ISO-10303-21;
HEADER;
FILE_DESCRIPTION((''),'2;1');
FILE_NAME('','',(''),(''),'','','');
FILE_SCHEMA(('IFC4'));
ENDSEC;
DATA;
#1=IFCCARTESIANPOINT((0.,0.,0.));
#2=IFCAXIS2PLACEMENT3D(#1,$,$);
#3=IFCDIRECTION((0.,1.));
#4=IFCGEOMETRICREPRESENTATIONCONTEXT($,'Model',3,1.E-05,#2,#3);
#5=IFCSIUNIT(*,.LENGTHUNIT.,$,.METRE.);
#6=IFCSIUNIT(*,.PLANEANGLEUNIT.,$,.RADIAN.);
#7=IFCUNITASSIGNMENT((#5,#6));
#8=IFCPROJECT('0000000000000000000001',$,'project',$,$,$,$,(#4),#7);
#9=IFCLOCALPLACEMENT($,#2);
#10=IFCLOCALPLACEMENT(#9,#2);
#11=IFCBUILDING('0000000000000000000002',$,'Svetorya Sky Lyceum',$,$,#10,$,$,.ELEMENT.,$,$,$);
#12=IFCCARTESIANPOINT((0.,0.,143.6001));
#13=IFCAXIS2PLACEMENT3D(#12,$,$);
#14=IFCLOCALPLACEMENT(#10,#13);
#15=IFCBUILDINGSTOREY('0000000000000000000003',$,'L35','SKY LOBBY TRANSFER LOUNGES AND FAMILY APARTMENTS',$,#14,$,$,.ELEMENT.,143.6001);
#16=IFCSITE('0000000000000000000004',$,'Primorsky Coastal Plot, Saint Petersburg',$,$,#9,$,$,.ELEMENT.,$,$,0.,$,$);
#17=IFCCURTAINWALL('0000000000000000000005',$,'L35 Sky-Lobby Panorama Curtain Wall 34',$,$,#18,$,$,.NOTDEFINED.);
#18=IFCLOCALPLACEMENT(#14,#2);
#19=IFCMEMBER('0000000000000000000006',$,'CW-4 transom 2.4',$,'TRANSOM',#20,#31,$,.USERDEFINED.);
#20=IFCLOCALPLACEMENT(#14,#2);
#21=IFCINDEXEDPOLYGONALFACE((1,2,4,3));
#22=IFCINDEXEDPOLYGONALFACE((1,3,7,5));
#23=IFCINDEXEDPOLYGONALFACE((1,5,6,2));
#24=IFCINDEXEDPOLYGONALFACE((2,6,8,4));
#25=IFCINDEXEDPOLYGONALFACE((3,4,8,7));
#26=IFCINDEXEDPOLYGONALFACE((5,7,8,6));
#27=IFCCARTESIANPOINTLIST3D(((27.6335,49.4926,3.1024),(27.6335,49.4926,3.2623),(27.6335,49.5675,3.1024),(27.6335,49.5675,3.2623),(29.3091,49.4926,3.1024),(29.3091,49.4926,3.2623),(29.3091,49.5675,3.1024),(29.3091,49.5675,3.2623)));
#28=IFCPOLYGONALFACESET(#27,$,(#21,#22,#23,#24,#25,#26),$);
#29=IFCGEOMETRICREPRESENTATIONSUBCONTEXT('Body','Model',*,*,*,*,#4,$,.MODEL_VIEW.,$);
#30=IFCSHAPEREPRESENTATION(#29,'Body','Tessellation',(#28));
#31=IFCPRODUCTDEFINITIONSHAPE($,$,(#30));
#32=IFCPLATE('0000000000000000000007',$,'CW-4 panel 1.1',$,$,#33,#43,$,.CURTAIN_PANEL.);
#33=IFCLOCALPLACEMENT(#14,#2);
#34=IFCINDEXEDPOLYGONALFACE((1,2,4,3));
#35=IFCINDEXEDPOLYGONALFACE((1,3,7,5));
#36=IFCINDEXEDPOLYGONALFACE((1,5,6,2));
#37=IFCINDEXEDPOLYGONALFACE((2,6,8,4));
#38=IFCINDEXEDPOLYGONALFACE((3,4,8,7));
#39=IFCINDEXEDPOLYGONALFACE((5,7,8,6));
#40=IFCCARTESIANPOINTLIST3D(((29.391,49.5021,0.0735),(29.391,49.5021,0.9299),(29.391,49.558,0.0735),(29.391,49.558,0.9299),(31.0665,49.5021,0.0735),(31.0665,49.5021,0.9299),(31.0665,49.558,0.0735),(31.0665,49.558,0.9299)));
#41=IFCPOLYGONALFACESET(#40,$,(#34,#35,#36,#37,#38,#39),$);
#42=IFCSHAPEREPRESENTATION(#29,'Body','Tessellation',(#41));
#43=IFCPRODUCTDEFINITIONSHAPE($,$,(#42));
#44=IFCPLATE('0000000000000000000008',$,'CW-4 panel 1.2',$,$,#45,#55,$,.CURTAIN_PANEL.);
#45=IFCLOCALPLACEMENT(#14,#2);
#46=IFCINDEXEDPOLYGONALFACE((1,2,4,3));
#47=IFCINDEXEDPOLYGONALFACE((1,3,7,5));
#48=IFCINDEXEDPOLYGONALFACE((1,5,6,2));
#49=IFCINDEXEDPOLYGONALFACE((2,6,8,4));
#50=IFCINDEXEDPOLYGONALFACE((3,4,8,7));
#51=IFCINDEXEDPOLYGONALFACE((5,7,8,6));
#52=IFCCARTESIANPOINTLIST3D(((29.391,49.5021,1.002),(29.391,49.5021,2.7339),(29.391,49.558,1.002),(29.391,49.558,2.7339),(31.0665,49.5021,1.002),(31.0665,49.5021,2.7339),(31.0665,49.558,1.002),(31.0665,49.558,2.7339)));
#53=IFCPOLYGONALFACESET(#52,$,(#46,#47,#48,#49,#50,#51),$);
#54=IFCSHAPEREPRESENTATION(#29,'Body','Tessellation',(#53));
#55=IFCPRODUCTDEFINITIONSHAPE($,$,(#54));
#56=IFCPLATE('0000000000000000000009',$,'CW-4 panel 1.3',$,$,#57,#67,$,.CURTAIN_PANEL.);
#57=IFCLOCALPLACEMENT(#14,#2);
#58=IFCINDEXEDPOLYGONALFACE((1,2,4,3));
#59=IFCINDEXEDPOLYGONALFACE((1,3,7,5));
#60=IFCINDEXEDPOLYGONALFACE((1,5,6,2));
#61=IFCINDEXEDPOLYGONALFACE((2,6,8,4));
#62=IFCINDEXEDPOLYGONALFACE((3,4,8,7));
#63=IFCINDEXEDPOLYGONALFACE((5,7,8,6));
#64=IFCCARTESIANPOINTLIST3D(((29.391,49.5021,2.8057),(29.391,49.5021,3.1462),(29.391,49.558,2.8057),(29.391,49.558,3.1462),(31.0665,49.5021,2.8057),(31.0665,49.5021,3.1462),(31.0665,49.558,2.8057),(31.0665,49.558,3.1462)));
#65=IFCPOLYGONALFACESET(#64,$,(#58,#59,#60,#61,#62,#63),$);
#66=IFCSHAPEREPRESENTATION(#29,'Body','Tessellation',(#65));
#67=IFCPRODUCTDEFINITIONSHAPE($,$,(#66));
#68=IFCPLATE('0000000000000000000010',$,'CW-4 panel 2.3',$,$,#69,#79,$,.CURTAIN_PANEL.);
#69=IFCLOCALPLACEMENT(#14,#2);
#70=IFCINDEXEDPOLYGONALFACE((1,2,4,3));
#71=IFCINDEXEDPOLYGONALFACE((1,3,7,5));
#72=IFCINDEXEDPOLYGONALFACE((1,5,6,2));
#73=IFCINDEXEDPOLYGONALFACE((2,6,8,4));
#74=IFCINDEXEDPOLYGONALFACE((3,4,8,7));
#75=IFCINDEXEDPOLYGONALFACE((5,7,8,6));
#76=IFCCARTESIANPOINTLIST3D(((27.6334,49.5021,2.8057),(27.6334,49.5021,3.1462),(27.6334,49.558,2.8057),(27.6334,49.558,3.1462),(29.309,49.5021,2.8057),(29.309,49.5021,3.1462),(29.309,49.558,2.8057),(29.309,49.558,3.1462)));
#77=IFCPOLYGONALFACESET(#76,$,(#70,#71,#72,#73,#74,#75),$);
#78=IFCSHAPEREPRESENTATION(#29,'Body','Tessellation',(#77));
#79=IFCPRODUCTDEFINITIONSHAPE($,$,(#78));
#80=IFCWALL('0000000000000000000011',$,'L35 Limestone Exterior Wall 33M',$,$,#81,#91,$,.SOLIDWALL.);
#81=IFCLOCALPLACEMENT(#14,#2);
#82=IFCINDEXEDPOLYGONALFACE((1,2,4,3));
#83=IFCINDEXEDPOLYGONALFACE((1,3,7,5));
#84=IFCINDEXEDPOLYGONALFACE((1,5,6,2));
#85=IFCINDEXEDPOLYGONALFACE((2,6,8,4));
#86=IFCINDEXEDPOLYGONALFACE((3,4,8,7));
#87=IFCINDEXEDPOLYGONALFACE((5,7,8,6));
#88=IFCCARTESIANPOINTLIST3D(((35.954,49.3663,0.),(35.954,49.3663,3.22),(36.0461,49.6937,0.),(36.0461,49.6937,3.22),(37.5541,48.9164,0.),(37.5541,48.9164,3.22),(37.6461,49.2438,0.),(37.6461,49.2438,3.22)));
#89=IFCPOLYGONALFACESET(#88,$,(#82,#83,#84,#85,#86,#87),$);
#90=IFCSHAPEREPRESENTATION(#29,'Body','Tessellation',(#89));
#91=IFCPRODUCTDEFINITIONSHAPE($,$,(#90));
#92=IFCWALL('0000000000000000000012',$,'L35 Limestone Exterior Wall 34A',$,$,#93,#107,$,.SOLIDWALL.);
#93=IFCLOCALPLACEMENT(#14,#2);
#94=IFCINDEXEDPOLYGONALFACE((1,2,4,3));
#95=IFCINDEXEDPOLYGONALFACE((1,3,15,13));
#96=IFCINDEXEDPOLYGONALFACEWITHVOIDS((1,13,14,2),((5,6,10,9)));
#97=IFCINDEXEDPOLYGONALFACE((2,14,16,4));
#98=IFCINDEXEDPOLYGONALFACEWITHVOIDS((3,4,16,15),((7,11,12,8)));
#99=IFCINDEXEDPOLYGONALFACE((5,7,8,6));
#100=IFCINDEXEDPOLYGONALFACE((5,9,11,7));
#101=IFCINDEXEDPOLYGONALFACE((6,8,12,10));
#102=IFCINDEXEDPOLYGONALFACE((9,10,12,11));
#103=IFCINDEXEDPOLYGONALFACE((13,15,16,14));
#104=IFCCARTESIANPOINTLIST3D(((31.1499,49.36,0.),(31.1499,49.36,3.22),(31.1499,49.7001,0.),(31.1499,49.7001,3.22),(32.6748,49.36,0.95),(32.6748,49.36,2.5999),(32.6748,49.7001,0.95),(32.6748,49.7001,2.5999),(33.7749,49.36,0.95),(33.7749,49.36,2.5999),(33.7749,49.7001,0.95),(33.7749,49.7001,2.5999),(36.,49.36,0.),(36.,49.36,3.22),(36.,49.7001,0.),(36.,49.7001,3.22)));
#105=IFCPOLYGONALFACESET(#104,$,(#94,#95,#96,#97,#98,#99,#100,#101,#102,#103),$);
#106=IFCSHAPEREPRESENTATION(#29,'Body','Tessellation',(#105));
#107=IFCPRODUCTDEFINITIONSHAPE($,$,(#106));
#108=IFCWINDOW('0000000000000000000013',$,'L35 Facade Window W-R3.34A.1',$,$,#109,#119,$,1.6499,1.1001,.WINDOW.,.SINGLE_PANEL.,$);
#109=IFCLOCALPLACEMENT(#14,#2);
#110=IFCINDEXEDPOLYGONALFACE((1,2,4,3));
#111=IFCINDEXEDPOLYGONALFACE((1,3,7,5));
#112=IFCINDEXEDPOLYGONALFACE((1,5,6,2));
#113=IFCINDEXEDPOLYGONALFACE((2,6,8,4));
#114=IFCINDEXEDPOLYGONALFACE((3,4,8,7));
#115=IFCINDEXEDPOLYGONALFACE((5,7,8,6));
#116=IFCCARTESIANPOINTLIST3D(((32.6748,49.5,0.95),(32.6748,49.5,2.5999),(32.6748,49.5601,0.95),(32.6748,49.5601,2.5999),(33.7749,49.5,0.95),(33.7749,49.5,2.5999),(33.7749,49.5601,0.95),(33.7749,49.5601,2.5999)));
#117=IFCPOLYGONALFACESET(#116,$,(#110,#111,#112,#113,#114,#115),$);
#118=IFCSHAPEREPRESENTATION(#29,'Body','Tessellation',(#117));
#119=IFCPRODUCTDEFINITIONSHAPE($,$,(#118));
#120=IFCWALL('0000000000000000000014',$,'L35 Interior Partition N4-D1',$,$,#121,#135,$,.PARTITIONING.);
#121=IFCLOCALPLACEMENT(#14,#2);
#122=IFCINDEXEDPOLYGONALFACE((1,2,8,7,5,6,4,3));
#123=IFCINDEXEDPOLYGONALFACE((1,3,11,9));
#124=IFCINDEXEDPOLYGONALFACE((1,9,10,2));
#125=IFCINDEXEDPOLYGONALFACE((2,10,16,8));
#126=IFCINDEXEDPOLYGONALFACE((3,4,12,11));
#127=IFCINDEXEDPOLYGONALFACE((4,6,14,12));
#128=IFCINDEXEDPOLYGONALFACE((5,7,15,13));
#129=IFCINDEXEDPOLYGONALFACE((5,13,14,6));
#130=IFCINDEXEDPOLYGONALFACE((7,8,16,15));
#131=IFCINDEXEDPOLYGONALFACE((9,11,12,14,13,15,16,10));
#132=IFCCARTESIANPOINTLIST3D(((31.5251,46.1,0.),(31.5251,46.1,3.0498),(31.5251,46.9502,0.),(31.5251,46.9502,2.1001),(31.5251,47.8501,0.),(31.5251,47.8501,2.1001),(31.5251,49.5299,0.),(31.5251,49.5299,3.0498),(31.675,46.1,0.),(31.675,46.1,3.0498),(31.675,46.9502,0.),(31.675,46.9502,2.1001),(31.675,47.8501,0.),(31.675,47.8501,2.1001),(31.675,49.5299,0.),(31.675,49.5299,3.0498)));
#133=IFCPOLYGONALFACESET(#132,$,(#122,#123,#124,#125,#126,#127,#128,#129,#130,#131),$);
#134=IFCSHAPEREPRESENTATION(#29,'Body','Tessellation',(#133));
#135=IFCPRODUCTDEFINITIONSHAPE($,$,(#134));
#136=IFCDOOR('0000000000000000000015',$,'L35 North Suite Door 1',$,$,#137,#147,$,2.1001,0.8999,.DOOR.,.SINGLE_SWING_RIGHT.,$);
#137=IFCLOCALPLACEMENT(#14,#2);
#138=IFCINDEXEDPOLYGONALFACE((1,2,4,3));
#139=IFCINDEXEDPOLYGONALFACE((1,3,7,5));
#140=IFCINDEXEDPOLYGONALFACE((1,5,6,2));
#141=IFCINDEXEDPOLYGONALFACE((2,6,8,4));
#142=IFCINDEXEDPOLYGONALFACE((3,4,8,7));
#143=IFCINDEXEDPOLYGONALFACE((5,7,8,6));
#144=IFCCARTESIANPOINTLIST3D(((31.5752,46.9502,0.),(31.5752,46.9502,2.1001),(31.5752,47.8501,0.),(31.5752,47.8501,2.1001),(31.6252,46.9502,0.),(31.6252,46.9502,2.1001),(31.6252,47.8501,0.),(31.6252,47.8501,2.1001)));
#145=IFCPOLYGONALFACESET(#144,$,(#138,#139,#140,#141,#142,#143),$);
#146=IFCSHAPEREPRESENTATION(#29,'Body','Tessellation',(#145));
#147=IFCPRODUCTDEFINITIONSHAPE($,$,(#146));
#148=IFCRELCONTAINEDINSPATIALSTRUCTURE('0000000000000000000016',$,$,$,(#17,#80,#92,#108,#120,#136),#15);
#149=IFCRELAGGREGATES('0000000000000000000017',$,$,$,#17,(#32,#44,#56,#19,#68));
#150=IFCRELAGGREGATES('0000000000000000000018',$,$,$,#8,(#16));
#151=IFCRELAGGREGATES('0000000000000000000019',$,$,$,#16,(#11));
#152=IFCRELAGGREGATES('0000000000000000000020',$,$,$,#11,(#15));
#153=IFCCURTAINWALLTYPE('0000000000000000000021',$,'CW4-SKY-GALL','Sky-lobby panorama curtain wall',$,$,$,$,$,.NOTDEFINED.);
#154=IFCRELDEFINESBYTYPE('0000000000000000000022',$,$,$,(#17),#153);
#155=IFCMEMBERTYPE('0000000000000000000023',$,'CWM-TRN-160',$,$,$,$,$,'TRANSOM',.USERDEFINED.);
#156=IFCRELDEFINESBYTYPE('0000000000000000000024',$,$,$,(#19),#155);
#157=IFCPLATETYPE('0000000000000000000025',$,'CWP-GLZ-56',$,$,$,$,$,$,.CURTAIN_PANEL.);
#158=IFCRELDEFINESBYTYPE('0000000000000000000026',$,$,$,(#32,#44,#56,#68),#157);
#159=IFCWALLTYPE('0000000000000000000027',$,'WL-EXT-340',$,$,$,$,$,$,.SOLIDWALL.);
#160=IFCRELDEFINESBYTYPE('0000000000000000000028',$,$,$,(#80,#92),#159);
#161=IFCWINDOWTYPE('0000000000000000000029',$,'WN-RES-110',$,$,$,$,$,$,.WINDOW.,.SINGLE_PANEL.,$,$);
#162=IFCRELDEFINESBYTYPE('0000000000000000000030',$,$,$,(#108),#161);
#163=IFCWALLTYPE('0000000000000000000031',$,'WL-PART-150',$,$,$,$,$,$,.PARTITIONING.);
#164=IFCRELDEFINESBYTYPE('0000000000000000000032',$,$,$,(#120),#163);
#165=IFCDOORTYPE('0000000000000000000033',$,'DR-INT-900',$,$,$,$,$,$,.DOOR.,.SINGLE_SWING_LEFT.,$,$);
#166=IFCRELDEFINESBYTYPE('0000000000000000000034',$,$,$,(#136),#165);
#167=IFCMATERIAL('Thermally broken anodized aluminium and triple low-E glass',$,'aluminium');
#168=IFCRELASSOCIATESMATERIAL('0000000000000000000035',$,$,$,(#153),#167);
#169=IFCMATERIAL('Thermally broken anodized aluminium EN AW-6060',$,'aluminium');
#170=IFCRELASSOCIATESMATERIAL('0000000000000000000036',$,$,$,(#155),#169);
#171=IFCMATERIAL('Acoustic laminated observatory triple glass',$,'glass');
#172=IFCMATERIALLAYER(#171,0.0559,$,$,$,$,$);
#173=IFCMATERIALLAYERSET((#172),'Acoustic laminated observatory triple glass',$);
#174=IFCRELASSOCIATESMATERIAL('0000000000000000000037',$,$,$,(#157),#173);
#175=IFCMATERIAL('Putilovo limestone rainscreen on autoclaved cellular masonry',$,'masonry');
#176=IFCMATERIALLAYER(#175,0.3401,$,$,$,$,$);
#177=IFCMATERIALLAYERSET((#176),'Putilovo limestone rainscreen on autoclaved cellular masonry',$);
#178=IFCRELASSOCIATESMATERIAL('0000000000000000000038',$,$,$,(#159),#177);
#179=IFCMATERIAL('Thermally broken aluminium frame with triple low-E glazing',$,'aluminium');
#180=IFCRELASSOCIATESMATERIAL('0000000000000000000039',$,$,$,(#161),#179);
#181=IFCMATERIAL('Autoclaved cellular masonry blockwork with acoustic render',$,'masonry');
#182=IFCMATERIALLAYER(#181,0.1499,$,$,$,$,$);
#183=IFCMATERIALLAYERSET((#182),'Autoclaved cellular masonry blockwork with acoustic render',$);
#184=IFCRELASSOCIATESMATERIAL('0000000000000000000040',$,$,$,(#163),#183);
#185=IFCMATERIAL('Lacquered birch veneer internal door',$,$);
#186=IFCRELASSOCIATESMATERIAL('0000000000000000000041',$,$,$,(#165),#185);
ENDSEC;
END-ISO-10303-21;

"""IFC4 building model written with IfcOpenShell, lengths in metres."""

from ifc_helpers import new_model, si_unit, direction, frame, frame_2d, origin, origin_2d, place, context, subcontext, project, spatial, rectangle, extrude, material, layer, layer_set, material_profile, profile_set, type_object, element, fill, aggregate, save


model = new_model("IFC4")

# Units and contexts
model_context = context("Model", 3, precision=1e-05, world=origin(), true_north=direction((0.0, 1.0)))
body_context = subcontext(model_context, "Body", "Model", "MODEL_VIEW")
ifc_project = project(units=[si_unit("LENGTHUNIT", "METRE"), si_unit("PLANEANGLEUNIT", "RADIAN")], contexts=[model_context])

# Site, building, storey
site_placement = place(None, origin())
site = spatial("IfcSite", under=ifc_project, at=site_placement, Name="Primorsky Coastal Plot, Saint Petersburg", CompositionType="ELEMENT", RefElevation=0.0)
building_placement = place(site_placement, origin())
building = spatial("IfcBuilding", under=site, at=building_placement, Name="Svetorya Sky Lyceum", CompositionType="ELEMENT")
storey_placement = place(building_placement, frame((0.0, 0.0, 143.6001)))
storey = spatial("IfcBuildingStorey", under=building, at=storey_placement, Name="L35", Description="SKY LOBBY TRANSFER LOUNGES AND FAMILY APARTMENTS", CompositionType="ELEMENT", Elevation=143.6001)

# Curtain wall, member, plates
ifc_material_1 = material(Name="Thermally broken anodized aluminium and triple low-E glass", Category="aluminium")
curtain_wall_type = type_object("IfcCurtainWallType", Name="CW4-SKY-GALL", Description="Sky-lobby panorama curtain wall", PredefinedType="NOTDEFINED", material=ifc_material_1)
curtain_wall_placement = place(storey_placement, origin())
curtain_wall = element("IfcCurtainWall", 1, at=curtain_wall_placement, inside=storey, type_object=curtain_wall_type, Name="L35 Sky-Lobby Panorama Curtain Wall 34", PredefinedType="NOTDEFINED")
ifc_material_2 = material(Name="Thermally broken anodized aluminium EN AW-6060", Category="aluminium")
ifc_material_profile_1 = material_profile(ifc_material_2, rectangle(XDim=0.075, YDim=0.1599, at=origin_2d()), Name="ALU TRANSOM 75x160")
ifc_profile_set_1 = profile_set([ifc_material_profile_1], Name="Thermally broken anodized aluminium EN AW-6060")
member_type_1 = type_object("IfcMemberType", Name="CWM-TRN-160", ElementType="TRANSOM", PredefinedType="USERDEFINED", material=ifc_profile_set_1)
member_1_placement = place(storey_placement, frame((29.3091, 49.53, 3.1824), z_axis=(-1.0, 0.0, 0.0), x_axis=(0.0, -1.0, 0.0)))
member_1 = element("IfcMember", 2, at=member_1_placement, type_object=member_type_1, Name="CW-4 transom 2.4", ObjectType="TRANSOM", PredefinedType="USERDEFINED", context=body_context, shape_type="SweptSolid", body=[
    extrude(rectangle(XDim=0.075, YDim=0.1599, at=origin_2d()), origin(), (0.0, 0.0, 1.0), 1.6755),
])
ifc_material_3 = material(Name="Acoustic laminated observatory triple glass", Category="glass")
ifc_layer_1 = layer(ifc_material_3, 0.0559)
ifc_layer_set_1 = layer_set([ifc_layer_1], Name="Acoustic laminated observatory triple glass")
plate_type = type_object("IfcPlateType", Name="CWP-GLZ-56", PredefinedType="CURTAIN_PANEL", material=ifc_layer_set_1)
plate_1_placement = place(storey_placement, frame((30.2288, 49.53, 0.0735), z_axis=(0.0, 0.0, 1.0), x_axis=(-1.0, 0.0, 0.0)))
plate_1 = element("IfcPlate", 3, at=plate_1_placement, type_object=plate_type, Name="CW-4 panel 1.1", PredefinedType="CURTAIN_PANEL", context=body_context, shape_type="SweptSolid", body=[
    extrude(rectangle(XDim=1.6755, YDim=0.0559, at=origin_2d()), origin(), (0.0, 0.0, 1.0), 0.8564),
])
plate_2_placement = place(storey_placement, frame((30.2288, 49.53, 1.002), z_axis=(0.0, 0.0, 1.0), x_axis=(-1.0, 0.0, 0.0)))
plate_2 = element("IfcPlate", 4, at=plate_2_placement, type_object=plate_type, Name="CW-4 panel 1.2", PredefinedType="CURTAIN_PANEL", context=body_context, shape_type="SweptSolid", body=[
    extrude(rectangle(XDim=1.6755, YDim=0.0559, at=origin_2d()), origin(), (0.0, 0.0, 1.0), 1.7319),
])
plate_3_placement = place(storey_placement, frame((30.2288, 49.53, 2.8057), z_axis=(0.0, 0.0, 1.0), x_axis=(-1.0, 0.0, 0.0)))
plate_3 = element("IfcPlate", 5, at=plate_3_placement, type_object=plate_type, Name="CW-4 panel 1.3", PredefinedType="CURTAIN_PANEL", context=body_context, shape_type="SweptSolid", body=[
    extrude(rectangle(XDim=1.6755, YDim=0.0559, at=origin_2d()), origin(), (0.0, 0.0, 1.0), 0.3406),
])
plate_4_placement = place(storey_placement, frame((28.4712, 49.53, 2.8057), z_axis=(0.0, 0.0, 1.0), x_axis=(-1.0, 0.0, 0.0)))
plate_4 = element("IfcPlate", 6, at=plate_4_placement, type_object=plate_type, Name="CW-4 panel 2.3", PredefinedType="CURTAIN_PANEL", context=body_context, shape_type="SweptSolid", body=[
    extrude(rectangle(XDim=1.6755, YDim=0.0559, at=origin_2d()), origin(), (0.0, 0.0, 1.0), 0.3406),
])
aggregate(curtain_wall, [plate_1, plate_2, plate_3, member_1, plate_4])

# Wall
ifc_material_4 = material(Name="Putilovo limestone rainscreen on autoclaved cellular masonry", Category="masonry")
ifc_layer_2 = layer(ifc_material_4, 0.3401)
ifc_layer_set_2 = layer_set([ifc_layer_2], Name="Putilovo limestone rainscreen on autoclaved cellular masonry")
wall_type_1 = type_object("IfcWallType", Name="WL-EXT-340", PredefinedType="SOLIDWALL", material=ifc_layer_set_2)
wall_1_placement = place(storey_placement, frame((37.6001, 49.0801, 0.0), z_axis=(0.0, 0.0, 1.0), x_axis=(-0.962663, 0.270703, 0.0)))
element("IfcWall", 7, at=wall_1_placement, inside=storey, type_object=wall_type_1, Name="L35 Limestone Exterior Wall 33M", PredefinedType="SOLIDWALL", context=body_context, shape_type="SweptSolid", body=[
    extrude(rectangle(XDim=1.6621, YDim=0.3401, at=frame_2d((0.8311, 0.0))), origin(), (0.0, 0.0, 1.0), 3.22),
])

# Wall, opening, window
wall_2_placement = place(storey_placement, frame((36.0, 49.53, 0.0), z_axis=(0.0, 0.0, 1.0), x_axis=(-1.0, 0.0, 0.0)))
wall_2 = element("IfcWall", 8, at=wall_2_placement, inside=storey, type_object=wall_type_1, Name="L35 Limestone Exterior Wall 34A", PredefinedType="SOLIDWALL", context=body_context, shape_type="SweptSolid", body=[
    extrude(rectangle(XDim=4.8501, YDim=0.3401, at=frame_2d((2.425, 0.0))), origin(), (0.0, 0.0, 1.0), 3.22),
])
opening_1_placement = place(wall_2_placement, frame((2.2251, 0.0, 0.95)))
opening_1 = element("IfcOpeningElement", 9, at=opening_1_placement, cuts=wall_2, PredefinedType="OPENING", context=body_context, shape_type="SweptSolid", body=[
    extrude(rectangle(XDim=1.1001, YDim=1.6499, at=frame_2d((0.55, 0.825))), frame((0.0, 0.1799, 0.0), z_axis=(0.0, -1.0, 0.0), x_axis=(1.0, 0.0, 0.0)), (0.0, 0.0, 1.0), 0.3601),
])
ifc_material_5 = material(Name="Thermally broken aluminium frame with triple low-E glazing", Category="aluminium")
window_type = type_object("IfcWindowType", Name="WN-RES-110", PartitioningType="SINGLE_PANEL", PredefinedType="WINDOW", material=ifc_material_5)
window_placement = place(opening_1_placement, origin())
window = element("IfcWindow", 10, at=window_placement, inside=storey, type_object=window_type, Name="L35 Facade Window W-R3.34A.1", OverallHeight=1.6499, OverallWidth=1.1001, PartitioningType="SINGLE_PANEL", PredefinedType="WINDOW", context=body_context, shape_type="SweptSolid", body=[
    extrude(rectangle(XDim=1.1001, YDim=1.6499, at=frame_2d((0.55, 0.825))), frame((0.0, 0.03, 0.0), z_axis=(0.0, -1.0, 0.0), x_axis=(1.0, 0.0, 0.0)), (0.0, 0.0, 1.0), 0.0601),
])
fill(opening_1, window)

# Wall, opening, door
ifc_material_6 = material(Name="Autoclaved cellular masonry blockwork with acoustic render", Category="masonry")
ifc_layer_3 = layer(ifc_material_6, 0.1499)
ifc_layer_set_3 = layer_set([ifc_layer_3], Name="Autoclaved cellular masonry blockwork with acoustic render")
wall_type_2 = type_object("IfcWallType", Name="WL-PART-150", PredefinedType="PARTITIONING", material=ifc_layer_set_3)
wall_3_placement = place(storey_placement, frame((31.6001, 46.1001, 0.0), z_axis=(0.0, 0.0, 1.0), x_axis=(0.0, 1.0, 0.0)))
wall_3 = element("IfcWall", 11, at=wall_3_placement, inside=storey, type_object=wall_type_2, Name="L35 Interior Partition N4-D1", PredefinedType="PARTITIONING", context=body_context, shape_type="SweptSolid", body=[
    extrude(rectangle(XDim=3.4299, YDim=0.1499, at=frame_2d((1.7148, 0.0))), origin(), (0.0, 0.0, 1.0), 3.0498),
])
opening_2_placement = place(wall_3_placement, frame((0.8501, 0.0, 0.0)))
opening_2 = element("IfcOpeningElement", 12, at=opening_2_placement, cuts=wall_3, PredefinedType="OPENING", context=body_context, shape_type="SweptSolid", body=[
    extrude(rectangle(XDim=0.8999, YDim=2.1001, at=frame_2d((0.45, 1.05))), frame((0.0, 0.085, 0.0), z_axis=(0.0, -1.0, 0.0), x_axis=(1.0, 0.0, 0.0)), (0.0, 0.0, 1.0), 0.1699),
])
ifc_material_7 = material(Name="Lacquered birch veneer internal door")
door_type = type_object("IfcDoorType", Name="DR-INT-900", OperationType="SINGLE_SWING_LEFT", PredefinedType="DOOR", material=ifc_material_7)
door_placement = place(opening_2_placement, origin())
door = element("IfcDoor", 13, at=door_placement, inside=storey, type_object=door_type, Name="L35 North Suite Door 1", OperationType="SINGLE_SWING_RIGHT", OverallHeight=2.1001, OverallWidth=0.8999, PredefinedType="DOOR", context=body_context, shape_type="SweptSolid", body=[
    extrude(rectangle(XDim=0.8999, YDim=2.1001, at=frame_2d((0.45, 1.05))), frame((0.0, 0.0249, 0.0), z_axis=(0.0, -1.0, 0.0), x_axis=(1.0, 0.0, 0.0)), (0.0, 0.0, 1.0), 0.05),
])
fill(opening_2, door)

save(model, "model.ifc")
